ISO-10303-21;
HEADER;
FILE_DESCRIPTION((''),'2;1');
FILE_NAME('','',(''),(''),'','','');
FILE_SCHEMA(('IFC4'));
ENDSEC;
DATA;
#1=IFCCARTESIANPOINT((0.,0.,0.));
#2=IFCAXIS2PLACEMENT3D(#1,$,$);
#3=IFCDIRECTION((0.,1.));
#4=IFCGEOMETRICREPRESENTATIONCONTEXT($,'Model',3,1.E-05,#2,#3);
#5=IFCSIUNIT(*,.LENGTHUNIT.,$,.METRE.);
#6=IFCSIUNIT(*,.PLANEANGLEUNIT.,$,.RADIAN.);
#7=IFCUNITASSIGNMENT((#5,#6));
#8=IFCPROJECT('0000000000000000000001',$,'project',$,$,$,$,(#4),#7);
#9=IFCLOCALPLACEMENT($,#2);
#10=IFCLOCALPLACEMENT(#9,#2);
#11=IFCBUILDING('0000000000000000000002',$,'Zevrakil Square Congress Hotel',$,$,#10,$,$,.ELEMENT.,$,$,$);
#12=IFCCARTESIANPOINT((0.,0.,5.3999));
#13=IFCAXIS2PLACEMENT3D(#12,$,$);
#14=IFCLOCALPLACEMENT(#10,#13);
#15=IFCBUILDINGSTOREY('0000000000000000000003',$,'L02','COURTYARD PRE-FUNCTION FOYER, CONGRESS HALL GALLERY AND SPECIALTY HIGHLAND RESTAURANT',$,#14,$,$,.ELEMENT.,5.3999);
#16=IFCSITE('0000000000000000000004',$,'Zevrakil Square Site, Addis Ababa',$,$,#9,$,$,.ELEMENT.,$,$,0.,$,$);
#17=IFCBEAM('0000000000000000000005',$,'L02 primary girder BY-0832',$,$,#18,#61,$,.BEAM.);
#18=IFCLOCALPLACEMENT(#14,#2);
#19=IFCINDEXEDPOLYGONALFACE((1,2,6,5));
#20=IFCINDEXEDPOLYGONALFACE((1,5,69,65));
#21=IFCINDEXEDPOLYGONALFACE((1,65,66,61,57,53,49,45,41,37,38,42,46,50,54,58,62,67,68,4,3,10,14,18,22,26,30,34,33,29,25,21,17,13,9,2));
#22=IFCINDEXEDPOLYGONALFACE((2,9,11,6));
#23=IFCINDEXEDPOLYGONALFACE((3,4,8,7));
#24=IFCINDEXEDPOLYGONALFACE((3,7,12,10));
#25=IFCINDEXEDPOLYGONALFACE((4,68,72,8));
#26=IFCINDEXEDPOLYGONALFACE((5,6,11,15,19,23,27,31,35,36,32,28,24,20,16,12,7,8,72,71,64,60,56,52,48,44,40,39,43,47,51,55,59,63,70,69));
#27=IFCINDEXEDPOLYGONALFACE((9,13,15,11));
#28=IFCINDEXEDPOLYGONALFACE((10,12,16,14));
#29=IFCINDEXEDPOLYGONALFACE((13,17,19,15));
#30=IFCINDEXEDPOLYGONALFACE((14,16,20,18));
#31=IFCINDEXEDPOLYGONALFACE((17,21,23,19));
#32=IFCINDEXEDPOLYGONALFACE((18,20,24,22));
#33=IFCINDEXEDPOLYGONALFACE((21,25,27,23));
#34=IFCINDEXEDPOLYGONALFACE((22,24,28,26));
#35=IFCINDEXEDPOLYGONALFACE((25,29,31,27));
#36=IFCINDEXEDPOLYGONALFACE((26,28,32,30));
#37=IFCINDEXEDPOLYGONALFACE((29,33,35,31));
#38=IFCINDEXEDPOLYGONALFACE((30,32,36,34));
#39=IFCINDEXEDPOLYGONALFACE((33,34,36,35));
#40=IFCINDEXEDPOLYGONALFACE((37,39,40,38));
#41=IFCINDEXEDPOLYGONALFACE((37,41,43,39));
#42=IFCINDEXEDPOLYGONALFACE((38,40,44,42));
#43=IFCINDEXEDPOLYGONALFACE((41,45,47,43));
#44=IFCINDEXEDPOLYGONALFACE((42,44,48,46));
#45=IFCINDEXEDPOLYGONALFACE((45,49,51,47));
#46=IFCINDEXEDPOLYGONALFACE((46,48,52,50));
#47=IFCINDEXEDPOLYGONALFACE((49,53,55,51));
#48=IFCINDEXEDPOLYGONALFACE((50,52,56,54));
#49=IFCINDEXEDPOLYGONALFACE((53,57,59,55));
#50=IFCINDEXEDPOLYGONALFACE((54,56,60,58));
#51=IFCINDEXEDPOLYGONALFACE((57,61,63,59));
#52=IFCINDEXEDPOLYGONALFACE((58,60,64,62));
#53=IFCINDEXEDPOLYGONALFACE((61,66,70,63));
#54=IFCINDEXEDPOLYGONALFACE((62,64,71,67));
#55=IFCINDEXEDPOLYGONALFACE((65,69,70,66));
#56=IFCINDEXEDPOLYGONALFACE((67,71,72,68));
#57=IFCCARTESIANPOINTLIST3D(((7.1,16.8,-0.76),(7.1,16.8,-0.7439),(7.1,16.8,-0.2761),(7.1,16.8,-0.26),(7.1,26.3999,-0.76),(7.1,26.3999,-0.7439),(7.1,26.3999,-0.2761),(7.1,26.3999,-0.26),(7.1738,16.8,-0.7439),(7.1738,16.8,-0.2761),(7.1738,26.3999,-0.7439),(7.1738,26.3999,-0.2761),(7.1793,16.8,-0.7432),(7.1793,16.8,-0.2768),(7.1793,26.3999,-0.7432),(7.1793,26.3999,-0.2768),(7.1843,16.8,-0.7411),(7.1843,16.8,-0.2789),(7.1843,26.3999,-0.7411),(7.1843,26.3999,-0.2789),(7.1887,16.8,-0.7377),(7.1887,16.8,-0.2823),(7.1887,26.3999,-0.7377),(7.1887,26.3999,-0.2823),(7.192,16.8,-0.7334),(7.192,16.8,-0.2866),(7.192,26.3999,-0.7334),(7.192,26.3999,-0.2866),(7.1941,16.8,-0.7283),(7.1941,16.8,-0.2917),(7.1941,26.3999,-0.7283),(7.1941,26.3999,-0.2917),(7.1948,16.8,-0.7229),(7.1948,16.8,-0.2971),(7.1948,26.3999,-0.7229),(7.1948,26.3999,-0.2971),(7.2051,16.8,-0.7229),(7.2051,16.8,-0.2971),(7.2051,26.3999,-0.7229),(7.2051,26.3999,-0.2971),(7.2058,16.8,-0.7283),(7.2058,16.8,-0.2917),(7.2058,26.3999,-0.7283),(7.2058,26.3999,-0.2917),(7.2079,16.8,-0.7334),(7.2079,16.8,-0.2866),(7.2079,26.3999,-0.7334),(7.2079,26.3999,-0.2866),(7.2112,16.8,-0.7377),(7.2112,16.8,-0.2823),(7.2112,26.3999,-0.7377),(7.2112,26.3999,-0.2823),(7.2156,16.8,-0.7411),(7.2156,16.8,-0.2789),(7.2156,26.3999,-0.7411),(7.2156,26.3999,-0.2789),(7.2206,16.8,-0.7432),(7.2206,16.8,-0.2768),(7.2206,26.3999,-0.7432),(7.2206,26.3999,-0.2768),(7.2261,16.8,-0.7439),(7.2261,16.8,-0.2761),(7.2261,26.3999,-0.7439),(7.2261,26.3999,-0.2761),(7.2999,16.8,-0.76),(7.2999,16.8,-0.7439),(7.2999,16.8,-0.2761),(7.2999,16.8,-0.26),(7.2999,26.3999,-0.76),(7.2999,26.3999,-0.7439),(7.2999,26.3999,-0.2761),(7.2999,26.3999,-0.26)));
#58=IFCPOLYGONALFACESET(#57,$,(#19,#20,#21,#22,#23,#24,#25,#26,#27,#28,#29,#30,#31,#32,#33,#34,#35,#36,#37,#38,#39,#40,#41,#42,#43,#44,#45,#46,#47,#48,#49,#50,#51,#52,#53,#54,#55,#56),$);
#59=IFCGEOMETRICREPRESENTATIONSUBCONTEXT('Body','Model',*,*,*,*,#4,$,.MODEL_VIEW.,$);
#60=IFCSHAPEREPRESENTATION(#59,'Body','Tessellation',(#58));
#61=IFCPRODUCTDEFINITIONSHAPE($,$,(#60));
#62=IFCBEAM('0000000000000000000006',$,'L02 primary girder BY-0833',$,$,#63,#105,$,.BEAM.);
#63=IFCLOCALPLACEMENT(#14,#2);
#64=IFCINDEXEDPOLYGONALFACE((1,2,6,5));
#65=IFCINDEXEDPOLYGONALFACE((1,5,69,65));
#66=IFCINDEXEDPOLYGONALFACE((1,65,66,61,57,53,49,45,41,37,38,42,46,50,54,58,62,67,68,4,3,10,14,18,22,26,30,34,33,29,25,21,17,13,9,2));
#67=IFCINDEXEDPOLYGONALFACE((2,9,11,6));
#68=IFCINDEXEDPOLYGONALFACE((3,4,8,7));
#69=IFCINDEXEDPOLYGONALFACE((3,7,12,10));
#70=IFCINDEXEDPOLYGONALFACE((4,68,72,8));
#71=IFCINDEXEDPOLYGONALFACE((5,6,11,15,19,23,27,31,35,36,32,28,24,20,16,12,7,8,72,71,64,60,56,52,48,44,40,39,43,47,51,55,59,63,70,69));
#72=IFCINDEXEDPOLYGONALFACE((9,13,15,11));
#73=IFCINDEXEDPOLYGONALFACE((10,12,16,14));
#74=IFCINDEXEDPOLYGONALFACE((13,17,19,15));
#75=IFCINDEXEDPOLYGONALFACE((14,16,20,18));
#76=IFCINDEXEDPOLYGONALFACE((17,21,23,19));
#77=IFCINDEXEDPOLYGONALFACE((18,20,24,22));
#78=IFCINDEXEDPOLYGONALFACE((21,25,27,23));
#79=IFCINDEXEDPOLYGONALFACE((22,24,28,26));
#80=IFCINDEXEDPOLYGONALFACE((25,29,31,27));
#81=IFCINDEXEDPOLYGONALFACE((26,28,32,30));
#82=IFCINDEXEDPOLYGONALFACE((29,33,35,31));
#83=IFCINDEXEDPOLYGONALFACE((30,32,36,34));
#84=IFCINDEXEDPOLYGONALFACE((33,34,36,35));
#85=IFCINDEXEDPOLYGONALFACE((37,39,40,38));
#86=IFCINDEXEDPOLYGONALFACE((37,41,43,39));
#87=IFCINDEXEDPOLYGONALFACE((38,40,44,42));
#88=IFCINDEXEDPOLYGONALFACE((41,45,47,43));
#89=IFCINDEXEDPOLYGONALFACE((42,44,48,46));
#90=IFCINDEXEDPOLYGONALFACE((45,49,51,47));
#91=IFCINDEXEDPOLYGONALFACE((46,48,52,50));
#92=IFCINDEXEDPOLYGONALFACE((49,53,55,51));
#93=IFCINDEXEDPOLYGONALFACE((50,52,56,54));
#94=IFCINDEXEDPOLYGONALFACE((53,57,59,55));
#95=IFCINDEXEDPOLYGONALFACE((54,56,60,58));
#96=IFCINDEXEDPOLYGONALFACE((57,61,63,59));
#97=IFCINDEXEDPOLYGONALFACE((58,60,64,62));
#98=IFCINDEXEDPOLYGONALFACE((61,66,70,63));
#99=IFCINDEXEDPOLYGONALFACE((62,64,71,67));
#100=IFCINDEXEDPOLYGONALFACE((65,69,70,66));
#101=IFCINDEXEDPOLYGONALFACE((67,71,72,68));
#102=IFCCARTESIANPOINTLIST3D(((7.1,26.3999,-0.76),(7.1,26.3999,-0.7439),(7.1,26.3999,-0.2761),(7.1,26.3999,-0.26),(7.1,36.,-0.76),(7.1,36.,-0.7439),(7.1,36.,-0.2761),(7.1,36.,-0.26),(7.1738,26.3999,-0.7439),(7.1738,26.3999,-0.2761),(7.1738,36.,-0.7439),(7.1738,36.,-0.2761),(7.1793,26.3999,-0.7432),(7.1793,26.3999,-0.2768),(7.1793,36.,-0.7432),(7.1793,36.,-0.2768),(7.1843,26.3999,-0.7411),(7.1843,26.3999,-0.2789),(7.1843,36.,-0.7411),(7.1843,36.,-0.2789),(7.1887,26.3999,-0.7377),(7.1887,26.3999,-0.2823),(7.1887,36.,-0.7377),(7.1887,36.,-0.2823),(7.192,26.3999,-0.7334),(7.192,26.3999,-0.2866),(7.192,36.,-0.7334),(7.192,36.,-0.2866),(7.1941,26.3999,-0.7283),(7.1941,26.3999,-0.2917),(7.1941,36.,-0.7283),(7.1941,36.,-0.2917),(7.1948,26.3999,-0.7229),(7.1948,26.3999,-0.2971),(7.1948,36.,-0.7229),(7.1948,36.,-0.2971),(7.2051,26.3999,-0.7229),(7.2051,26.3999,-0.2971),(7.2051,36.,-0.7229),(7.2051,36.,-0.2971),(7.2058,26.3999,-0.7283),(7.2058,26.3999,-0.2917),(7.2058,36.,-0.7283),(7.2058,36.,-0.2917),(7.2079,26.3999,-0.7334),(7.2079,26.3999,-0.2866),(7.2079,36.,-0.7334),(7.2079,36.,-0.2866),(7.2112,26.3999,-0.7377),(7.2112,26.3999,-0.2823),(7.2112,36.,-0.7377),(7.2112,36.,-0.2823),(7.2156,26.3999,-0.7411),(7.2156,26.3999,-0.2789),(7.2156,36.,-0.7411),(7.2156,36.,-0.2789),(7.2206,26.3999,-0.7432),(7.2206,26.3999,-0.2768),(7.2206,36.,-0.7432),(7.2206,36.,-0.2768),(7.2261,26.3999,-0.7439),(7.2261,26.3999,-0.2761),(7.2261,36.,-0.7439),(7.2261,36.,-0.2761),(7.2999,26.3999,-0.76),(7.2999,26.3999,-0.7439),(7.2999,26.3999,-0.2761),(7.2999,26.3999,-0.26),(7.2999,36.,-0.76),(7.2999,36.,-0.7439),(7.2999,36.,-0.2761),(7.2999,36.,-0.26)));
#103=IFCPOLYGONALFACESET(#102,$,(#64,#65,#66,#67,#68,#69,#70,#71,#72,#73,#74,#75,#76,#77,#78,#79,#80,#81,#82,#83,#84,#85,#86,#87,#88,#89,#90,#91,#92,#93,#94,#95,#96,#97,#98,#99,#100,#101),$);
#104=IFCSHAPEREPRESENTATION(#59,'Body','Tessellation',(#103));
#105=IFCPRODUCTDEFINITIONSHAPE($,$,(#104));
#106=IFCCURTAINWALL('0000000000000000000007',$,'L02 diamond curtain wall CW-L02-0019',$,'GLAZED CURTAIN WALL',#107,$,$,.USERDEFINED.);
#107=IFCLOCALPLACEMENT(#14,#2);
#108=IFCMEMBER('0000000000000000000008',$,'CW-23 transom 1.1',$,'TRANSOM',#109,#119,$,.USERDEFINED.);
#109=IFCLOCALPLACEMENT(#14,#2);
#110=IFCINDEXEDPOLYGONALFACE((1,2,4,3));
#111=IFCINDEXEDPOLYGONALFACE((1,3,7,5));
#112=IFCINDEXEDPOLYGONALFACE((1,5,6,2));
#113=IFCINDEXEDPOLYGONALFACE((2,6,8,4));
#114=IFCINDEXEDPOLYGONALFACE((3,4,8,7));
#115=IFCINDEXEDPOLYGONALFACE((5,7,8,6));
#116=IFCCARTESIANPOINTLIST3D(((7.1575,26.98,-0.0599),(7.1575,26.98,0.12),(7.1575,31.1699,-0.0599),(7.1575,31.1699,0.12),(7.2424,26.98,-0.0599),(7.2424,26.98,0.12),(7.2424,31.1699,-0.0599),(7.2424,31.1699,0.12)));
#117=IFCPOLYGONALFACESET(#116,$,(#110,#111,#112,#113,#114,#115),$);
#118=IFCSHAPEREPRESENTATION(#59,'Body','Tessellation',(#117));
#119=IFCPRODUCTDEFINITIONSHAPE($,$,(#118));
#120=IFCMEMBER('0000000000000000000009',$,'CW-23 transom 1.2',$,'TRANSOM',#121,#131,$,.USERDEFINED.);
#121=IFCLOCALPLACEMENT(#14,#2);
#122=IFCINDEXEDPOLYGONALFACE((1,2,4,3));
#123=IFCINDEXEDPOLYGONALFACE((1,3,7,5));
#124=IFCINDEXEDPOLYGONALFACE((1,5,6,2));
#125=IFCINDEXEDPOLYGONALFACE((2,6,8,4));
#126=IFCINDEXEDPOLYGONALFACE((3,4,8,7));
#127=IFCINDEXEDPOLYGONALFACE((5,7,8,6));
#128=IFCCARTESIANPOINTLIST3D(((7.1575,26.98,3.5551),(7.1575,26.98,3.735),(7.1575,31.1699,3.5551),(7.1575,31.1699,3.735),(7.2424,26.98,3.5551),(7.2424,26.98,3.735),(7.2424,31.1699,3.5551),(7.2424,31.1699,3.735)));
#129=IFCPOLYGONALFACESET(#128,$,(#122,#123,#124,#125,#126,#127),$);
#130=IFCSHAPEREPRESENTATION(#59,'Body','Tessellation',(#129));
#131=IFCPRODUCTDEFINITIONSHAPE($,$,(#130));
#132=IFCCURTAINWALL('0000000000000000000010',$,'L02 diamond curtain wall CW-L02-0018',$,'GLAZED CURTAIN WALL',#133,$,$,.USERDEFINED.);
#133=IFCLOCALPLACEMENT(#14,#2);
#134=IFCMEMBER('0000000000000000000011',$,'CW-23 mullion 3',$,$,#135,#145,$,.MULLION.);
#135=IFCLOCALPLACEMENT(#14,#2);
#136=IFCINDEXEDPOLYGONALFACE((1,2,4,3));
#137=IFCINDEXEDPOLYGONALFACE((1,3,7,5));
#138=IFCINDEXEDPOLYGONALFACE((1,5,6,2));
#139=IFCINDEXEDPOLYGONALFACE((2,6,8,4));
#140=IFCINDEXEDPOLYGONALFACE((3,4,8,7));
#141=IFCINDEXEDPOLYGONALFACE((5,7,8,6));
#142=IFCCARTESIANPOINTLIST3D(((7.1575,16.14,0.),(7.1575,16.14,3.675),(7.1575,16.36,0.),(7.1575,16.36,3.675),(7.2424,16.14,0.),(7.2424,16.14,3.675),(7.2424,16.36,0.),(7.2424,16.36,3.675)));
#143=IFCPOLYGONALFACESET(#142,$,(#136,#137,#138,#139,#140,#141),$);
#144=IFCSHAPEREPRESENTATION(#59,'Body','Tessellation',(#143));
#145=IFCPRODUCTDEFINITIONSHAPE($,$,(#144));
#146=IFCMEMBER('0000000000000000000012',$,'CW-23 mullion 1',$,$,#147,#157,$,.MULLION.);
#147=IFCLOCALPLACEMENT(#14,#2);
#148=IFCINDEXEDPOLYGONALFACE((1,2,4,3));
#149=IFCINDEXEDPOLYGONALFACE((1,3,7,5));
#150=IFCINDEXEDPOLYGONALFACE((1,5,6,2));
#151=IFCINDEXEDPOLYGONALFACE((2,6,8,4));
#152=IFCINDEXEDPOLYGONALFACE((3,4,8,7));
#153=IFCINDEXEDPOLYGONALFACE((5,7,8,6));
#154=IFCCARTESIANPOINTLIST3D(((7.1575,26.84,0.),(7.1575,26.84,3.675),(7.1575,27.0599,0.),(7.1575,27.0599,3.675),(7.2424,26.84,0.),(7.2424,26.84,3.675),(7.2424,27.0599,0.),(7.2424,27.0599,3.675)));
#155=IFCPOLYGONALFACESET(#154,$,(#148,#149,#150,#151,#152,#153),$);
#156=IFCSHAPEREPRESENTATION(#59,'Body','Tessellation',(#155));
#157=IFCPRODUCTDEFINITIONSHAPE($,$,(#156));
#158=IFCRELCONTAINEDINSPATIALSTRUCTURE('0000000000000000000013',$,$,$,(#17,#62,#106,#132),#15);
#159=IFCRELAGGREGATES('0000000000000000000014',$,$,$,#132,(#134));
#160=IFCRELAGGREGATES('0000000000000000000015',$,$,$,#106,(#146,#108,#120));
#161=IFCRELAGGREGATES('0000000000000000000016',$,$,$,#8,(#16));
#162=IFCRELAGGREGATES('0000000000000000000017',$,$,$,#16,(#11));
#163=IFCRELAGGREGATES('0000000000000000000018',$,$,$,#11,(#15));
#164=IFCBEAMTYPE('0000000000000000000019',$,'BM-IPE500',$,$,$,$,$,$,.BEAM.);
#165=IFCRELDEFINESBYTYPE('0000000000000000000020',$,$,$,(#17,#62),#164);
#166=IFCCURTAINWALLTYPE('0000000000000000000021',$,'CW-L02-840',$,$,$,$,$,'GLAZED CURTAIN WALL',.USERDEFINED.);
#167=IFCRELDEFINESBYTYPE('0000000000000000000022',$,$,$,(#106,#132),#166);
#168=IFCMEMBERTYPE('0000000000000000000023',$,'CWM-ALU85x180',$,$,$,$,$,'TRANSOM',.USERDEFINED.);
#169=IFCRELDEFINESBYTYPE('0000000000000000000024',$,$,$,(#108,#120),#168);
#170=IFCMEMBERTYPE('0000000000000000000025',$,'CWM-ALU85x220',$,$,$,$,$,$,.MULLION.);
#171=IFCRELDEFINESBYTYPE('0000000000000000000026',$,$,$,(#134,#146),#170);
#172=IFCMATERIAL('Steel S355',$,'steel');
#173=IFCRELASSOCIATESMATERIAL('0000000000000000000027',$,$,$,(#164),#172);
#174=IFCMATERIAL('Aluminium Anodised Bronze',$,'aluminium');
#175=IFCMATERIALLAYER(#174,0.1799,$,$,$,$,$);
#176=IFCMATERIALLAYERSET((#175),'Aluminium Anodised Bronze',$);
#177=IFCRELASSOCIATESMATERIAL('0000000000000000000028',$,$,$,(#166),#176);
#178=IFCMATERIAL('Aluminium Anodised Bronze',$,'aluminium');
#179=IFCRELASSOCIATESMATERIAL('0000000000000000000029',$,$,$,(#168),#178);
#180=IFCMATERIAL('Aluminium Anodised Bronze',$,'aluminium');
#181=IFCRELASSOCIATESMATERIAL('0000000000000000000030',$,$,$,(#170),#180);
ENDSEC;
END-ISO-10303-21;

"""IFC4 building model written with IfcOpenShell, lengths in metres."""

from ifc_helpers import new_model, si_unit, direction, frame, origin, origin_2d, place, context, subcontext, project, spatial, rectangle, i_section, extrude, material, layer, layer_set, material_profile, profile_set, type_object, element, aggregate, save


model = new_model("IFC4")

# Units and contexts
model_context = context("Model", 3, precision=1e-05, world=origin(), true_north=direction((0.0, 1.0)))
body_context = subcontext(model_context, "Body", "Model", "MODEL_VIEW")
ifc_project = project(units=[si_unit("LENGTHUNIT", "METRE"), si_unit("PLANEANGLEUNIT", "RADIAN")], contexts=[model_context])

# Site, building, storey
site_placement = place(None, origin())
site = spatial("IfcSite", under=ifc_project, at=site_placement, Name="Zevrakil Square Site, Addis Ababa", CompositionType="ELEMENT", RefElevation=0.0)
building_placement = place(site_placement, origin())
building = spatial("IfcBuilding", under=site, at=building_placement, Name="Zevrakil Square Congress Hotel", CompositionType="ELEMENT")
storey_placement = place(building_placement, frame((0.0, 0.0, 5.3999)))
storey = spatial("IfcBuildingStorey", under=building, at=storey_placement, Name="L02", Description="COURTYARD PRE-FUNCTION FOYER, CONGRESS HALL GALLERY AND SPECIALTY HIGHLAND RESTAURANT", CompositionType="ELEMENT", Elevation=5.3999)

# Beams
ifc_material_1 = material(Name="Steel S355", Category="steel")
ifc_material_profile_1 = material_profile(ifc_material_1, i_section(OverallWidth=0.2, OverallDepth=0.5, WebThickness=0.0103, FlangeThickness=0.0161, FilletRadius=0.021, at=origin_2d()), Name="IPE 500")
ifc_profile_set_1 = profile_set([ifc_material_profile_1], Name="Steel S355")
beam_type_1 = type_object("IfcBeamType", Name="BM-IPE500", PredefinedType="BEAM", material=ifc_profile_set_1)
beam_1_placement = place(storey_placement, frame((7.2, 16.8, -0.51), z_axis=(0.0, 1.0, 0.0), x_axis=(-1.0, 0.0, 0.0)))
element("IfcBeam", 1, at=beam_1_placement, inside=storey, type_object=beam_type_1, Name="L02 primary girder BY-0832", PredefinedType="BEAM", context=body_context, shape_type="SweptSolid", body=[
    extrude(i_section(OverallWidth=0.2, OverallDepth=0.5, WebThickness=0.0103, FlangeThickness=0.0161, FilletRadius=0.021, at=origin_2d()), origin(), (0.0, 0.0, 1.0), 9.5999),
])
beam_2_placement = place(storey_placement, frame((7.2, 26.3999, -0.51), z_axis=(0.0, 1.0, 0.0), x_axis=(-1.0, 0.0, 0.0)))
element("IfcBeam", 2, at=beam_2_placement, inside=storey, type_object=beam_type_1, Name="L02 primary girder BY-0833", PredefinedType="BEAM", context=body_context, shape_type="SweptSolid", body=[
    extrude(i_section(OverallWidth=0.2, OverallDepth=0.5, WebThickness=0.0103, FlangeThickness=0.0161, FilletRadius=0.021, at=origin_2d()), origin(), (0.0, 0.0, 1.0), 9.6001),
])

# Curtain wall, members
ifc_material_2 = material(Name="Aluminium Anodised Bronze", Category="aluminium")
ifc_layer_1 = layer(ifc_material_2, 0.1799)
ifc_layer_set_1 = layer_set([ifc_layer_1], Name="Aluminium Anodised Bronze")
curtain_wall_type = type_object("IfcCurtainWallType", Name="CW-L02-840", ElementType="GLAZED CURTAIN WALL", PredefinedType="USERDEFINED", material=ifc_layer_set_1)
curtain_wall_1_placement = place(storey_placement, origin())
curtain_wall_1 = element("IfcCurtainWall", 3, at=curtain_wall_1_placement, inside=storey, type_object=curtain_wall_type, Name="L02 diamond curtain wall CW-L02-0019", ObjectType="GLAZED CURTAIN WALL", PredefinedType="USERDEFINED")
ifc_material_3 = material(Name="Aluminium Anodised Bronze", Category="aluminium")
ifc_material_profile_2 = material_profile(ifc_material_3, rectangle(XDim=0.085, YDim=0.1799, at=origin_2d()), Name="ALU 85x180")
ifc_profile_set_2 = profile_set([ifc_material_profile_2], Name="Aluminium Anodised Bronze")
member_type_1 = type_object("IfcMemberType", Name="CWM-ALU85x180", ElementType="TRANSOM", PredefinedType="USERDEFINED", material=ifc_profile_set_2)
member_1_placement = place(storey_placement, frame((7.2, 26.98, 0.03), z_axis=(0.0, 1.0, 0.0), x_axis=(-1.0, 0.0, 0.0)))
member_1 = element("IfcMember", 4, at=member_1_placement, type_object=member_type_1, Name="CW-23 transom 1.1", ObjectType="TRANSOM", PredefinedType="USERDEFINED", context=body_context, shape_type="SweptSolid", body=[
    extrude(rectangle(XDim=0.085, YDim=0.1799, at=origin_2d()), origin(), (0.0, 0.0, 1.0), 4.1899),
])
member_2_placement = place(storey_placement, frame((7.2, 26.98, 3.645), z_axis=(0.0, 1.0, 0.0), x_axis=(-1.0, 0.0, 0.0)))
member_2 = element("IfcMember", 5, at=member_2_placement, type_object=member_type_1, Name="CW-23 transom 1.2", ObjectType="TRANSOM", PredefinedType="USERDEFINED", context=body_context, shape_type="SweptSolid", body=[
    extrude(rectangle(XDim=0.085, YDim=0.1799, at=origin_2d()), origin(), (0.0, 0.0, 1.0), 4.1899),
])

# Curtain wall, member
curtain_wall_2_placement = place(storey_placement, origin())
curtain_wall_2 = element("IfcCurtainWall", 6, at=curtain_wall_2_placement, inside=storey, type_object=curtain_wall_type, Name="L02 diamond curtain wall CW-L02-0018", ObjectType="GLAZED CURTAIN WALL", PredefinedType="USERDEFINED")
ifc_material_4 = material(Name="Aluminium Anodised Bronze", Category="aluminium")
ifc_material_profile_3 = material_profile(ifc_material_4, rectangle(XDim=0.085, YDim=0.22, at=origin_2d()), Name="ALU 85x220")
ifc_profile_set_3 = profile_set([ifc_material_profile_3], Name="Aluminium Anodised Bronze")
member_type_2 = type_object("IfcMemberType", Name="CWM-ALU85x220", PredefinedType="MULLION", material=ifc_profile_set_3)
member_3_placement = place(storey_placement, frame((7.2, 16.25, 0.0), z_axis=(0.0, 0.0, 1.0), x_axis=(-1.0, 0.0, 0.0)))
member_3 = element("IfcMember", 7, at=member_3_placement, type_object=member_type_2, Name="CW-23 mullion 3", PredefinedType="MULLION", context=body_context, shape_type="SweptSolid", body=[
    extrude(rectangle(XDim=0.085, YDim=0.22, at=origin_2d()), origin(), (0.0, 0.0, 1.0), 3.675),
])
aggregate(curtain_wall_2, [member_3])

# Member
member_4_placement = place(storey_placement, frame((7.2, 26.95, 0.0), z_axis=(0.0, 0.0, 1.0), x_axis=(-1.0, 0.0, 0.0)))
member_4 = element("IfcMember", 8, at=member_4_placement, type_object=member_type_2, Name="CW-23 mullion 1", PredefinedType="MULLION", context=body_context, shape_type="SweptSolid", body=[
    extrude(rectangle(XDim=0.085, YDim=0.22, at=origin_2d()), origin(), (0.0, 0.0, 1.0), 3.675),
])

aggregate(curtain_wall_1, [member_4, member_1, member_2])

save(model, "model.ifc")
